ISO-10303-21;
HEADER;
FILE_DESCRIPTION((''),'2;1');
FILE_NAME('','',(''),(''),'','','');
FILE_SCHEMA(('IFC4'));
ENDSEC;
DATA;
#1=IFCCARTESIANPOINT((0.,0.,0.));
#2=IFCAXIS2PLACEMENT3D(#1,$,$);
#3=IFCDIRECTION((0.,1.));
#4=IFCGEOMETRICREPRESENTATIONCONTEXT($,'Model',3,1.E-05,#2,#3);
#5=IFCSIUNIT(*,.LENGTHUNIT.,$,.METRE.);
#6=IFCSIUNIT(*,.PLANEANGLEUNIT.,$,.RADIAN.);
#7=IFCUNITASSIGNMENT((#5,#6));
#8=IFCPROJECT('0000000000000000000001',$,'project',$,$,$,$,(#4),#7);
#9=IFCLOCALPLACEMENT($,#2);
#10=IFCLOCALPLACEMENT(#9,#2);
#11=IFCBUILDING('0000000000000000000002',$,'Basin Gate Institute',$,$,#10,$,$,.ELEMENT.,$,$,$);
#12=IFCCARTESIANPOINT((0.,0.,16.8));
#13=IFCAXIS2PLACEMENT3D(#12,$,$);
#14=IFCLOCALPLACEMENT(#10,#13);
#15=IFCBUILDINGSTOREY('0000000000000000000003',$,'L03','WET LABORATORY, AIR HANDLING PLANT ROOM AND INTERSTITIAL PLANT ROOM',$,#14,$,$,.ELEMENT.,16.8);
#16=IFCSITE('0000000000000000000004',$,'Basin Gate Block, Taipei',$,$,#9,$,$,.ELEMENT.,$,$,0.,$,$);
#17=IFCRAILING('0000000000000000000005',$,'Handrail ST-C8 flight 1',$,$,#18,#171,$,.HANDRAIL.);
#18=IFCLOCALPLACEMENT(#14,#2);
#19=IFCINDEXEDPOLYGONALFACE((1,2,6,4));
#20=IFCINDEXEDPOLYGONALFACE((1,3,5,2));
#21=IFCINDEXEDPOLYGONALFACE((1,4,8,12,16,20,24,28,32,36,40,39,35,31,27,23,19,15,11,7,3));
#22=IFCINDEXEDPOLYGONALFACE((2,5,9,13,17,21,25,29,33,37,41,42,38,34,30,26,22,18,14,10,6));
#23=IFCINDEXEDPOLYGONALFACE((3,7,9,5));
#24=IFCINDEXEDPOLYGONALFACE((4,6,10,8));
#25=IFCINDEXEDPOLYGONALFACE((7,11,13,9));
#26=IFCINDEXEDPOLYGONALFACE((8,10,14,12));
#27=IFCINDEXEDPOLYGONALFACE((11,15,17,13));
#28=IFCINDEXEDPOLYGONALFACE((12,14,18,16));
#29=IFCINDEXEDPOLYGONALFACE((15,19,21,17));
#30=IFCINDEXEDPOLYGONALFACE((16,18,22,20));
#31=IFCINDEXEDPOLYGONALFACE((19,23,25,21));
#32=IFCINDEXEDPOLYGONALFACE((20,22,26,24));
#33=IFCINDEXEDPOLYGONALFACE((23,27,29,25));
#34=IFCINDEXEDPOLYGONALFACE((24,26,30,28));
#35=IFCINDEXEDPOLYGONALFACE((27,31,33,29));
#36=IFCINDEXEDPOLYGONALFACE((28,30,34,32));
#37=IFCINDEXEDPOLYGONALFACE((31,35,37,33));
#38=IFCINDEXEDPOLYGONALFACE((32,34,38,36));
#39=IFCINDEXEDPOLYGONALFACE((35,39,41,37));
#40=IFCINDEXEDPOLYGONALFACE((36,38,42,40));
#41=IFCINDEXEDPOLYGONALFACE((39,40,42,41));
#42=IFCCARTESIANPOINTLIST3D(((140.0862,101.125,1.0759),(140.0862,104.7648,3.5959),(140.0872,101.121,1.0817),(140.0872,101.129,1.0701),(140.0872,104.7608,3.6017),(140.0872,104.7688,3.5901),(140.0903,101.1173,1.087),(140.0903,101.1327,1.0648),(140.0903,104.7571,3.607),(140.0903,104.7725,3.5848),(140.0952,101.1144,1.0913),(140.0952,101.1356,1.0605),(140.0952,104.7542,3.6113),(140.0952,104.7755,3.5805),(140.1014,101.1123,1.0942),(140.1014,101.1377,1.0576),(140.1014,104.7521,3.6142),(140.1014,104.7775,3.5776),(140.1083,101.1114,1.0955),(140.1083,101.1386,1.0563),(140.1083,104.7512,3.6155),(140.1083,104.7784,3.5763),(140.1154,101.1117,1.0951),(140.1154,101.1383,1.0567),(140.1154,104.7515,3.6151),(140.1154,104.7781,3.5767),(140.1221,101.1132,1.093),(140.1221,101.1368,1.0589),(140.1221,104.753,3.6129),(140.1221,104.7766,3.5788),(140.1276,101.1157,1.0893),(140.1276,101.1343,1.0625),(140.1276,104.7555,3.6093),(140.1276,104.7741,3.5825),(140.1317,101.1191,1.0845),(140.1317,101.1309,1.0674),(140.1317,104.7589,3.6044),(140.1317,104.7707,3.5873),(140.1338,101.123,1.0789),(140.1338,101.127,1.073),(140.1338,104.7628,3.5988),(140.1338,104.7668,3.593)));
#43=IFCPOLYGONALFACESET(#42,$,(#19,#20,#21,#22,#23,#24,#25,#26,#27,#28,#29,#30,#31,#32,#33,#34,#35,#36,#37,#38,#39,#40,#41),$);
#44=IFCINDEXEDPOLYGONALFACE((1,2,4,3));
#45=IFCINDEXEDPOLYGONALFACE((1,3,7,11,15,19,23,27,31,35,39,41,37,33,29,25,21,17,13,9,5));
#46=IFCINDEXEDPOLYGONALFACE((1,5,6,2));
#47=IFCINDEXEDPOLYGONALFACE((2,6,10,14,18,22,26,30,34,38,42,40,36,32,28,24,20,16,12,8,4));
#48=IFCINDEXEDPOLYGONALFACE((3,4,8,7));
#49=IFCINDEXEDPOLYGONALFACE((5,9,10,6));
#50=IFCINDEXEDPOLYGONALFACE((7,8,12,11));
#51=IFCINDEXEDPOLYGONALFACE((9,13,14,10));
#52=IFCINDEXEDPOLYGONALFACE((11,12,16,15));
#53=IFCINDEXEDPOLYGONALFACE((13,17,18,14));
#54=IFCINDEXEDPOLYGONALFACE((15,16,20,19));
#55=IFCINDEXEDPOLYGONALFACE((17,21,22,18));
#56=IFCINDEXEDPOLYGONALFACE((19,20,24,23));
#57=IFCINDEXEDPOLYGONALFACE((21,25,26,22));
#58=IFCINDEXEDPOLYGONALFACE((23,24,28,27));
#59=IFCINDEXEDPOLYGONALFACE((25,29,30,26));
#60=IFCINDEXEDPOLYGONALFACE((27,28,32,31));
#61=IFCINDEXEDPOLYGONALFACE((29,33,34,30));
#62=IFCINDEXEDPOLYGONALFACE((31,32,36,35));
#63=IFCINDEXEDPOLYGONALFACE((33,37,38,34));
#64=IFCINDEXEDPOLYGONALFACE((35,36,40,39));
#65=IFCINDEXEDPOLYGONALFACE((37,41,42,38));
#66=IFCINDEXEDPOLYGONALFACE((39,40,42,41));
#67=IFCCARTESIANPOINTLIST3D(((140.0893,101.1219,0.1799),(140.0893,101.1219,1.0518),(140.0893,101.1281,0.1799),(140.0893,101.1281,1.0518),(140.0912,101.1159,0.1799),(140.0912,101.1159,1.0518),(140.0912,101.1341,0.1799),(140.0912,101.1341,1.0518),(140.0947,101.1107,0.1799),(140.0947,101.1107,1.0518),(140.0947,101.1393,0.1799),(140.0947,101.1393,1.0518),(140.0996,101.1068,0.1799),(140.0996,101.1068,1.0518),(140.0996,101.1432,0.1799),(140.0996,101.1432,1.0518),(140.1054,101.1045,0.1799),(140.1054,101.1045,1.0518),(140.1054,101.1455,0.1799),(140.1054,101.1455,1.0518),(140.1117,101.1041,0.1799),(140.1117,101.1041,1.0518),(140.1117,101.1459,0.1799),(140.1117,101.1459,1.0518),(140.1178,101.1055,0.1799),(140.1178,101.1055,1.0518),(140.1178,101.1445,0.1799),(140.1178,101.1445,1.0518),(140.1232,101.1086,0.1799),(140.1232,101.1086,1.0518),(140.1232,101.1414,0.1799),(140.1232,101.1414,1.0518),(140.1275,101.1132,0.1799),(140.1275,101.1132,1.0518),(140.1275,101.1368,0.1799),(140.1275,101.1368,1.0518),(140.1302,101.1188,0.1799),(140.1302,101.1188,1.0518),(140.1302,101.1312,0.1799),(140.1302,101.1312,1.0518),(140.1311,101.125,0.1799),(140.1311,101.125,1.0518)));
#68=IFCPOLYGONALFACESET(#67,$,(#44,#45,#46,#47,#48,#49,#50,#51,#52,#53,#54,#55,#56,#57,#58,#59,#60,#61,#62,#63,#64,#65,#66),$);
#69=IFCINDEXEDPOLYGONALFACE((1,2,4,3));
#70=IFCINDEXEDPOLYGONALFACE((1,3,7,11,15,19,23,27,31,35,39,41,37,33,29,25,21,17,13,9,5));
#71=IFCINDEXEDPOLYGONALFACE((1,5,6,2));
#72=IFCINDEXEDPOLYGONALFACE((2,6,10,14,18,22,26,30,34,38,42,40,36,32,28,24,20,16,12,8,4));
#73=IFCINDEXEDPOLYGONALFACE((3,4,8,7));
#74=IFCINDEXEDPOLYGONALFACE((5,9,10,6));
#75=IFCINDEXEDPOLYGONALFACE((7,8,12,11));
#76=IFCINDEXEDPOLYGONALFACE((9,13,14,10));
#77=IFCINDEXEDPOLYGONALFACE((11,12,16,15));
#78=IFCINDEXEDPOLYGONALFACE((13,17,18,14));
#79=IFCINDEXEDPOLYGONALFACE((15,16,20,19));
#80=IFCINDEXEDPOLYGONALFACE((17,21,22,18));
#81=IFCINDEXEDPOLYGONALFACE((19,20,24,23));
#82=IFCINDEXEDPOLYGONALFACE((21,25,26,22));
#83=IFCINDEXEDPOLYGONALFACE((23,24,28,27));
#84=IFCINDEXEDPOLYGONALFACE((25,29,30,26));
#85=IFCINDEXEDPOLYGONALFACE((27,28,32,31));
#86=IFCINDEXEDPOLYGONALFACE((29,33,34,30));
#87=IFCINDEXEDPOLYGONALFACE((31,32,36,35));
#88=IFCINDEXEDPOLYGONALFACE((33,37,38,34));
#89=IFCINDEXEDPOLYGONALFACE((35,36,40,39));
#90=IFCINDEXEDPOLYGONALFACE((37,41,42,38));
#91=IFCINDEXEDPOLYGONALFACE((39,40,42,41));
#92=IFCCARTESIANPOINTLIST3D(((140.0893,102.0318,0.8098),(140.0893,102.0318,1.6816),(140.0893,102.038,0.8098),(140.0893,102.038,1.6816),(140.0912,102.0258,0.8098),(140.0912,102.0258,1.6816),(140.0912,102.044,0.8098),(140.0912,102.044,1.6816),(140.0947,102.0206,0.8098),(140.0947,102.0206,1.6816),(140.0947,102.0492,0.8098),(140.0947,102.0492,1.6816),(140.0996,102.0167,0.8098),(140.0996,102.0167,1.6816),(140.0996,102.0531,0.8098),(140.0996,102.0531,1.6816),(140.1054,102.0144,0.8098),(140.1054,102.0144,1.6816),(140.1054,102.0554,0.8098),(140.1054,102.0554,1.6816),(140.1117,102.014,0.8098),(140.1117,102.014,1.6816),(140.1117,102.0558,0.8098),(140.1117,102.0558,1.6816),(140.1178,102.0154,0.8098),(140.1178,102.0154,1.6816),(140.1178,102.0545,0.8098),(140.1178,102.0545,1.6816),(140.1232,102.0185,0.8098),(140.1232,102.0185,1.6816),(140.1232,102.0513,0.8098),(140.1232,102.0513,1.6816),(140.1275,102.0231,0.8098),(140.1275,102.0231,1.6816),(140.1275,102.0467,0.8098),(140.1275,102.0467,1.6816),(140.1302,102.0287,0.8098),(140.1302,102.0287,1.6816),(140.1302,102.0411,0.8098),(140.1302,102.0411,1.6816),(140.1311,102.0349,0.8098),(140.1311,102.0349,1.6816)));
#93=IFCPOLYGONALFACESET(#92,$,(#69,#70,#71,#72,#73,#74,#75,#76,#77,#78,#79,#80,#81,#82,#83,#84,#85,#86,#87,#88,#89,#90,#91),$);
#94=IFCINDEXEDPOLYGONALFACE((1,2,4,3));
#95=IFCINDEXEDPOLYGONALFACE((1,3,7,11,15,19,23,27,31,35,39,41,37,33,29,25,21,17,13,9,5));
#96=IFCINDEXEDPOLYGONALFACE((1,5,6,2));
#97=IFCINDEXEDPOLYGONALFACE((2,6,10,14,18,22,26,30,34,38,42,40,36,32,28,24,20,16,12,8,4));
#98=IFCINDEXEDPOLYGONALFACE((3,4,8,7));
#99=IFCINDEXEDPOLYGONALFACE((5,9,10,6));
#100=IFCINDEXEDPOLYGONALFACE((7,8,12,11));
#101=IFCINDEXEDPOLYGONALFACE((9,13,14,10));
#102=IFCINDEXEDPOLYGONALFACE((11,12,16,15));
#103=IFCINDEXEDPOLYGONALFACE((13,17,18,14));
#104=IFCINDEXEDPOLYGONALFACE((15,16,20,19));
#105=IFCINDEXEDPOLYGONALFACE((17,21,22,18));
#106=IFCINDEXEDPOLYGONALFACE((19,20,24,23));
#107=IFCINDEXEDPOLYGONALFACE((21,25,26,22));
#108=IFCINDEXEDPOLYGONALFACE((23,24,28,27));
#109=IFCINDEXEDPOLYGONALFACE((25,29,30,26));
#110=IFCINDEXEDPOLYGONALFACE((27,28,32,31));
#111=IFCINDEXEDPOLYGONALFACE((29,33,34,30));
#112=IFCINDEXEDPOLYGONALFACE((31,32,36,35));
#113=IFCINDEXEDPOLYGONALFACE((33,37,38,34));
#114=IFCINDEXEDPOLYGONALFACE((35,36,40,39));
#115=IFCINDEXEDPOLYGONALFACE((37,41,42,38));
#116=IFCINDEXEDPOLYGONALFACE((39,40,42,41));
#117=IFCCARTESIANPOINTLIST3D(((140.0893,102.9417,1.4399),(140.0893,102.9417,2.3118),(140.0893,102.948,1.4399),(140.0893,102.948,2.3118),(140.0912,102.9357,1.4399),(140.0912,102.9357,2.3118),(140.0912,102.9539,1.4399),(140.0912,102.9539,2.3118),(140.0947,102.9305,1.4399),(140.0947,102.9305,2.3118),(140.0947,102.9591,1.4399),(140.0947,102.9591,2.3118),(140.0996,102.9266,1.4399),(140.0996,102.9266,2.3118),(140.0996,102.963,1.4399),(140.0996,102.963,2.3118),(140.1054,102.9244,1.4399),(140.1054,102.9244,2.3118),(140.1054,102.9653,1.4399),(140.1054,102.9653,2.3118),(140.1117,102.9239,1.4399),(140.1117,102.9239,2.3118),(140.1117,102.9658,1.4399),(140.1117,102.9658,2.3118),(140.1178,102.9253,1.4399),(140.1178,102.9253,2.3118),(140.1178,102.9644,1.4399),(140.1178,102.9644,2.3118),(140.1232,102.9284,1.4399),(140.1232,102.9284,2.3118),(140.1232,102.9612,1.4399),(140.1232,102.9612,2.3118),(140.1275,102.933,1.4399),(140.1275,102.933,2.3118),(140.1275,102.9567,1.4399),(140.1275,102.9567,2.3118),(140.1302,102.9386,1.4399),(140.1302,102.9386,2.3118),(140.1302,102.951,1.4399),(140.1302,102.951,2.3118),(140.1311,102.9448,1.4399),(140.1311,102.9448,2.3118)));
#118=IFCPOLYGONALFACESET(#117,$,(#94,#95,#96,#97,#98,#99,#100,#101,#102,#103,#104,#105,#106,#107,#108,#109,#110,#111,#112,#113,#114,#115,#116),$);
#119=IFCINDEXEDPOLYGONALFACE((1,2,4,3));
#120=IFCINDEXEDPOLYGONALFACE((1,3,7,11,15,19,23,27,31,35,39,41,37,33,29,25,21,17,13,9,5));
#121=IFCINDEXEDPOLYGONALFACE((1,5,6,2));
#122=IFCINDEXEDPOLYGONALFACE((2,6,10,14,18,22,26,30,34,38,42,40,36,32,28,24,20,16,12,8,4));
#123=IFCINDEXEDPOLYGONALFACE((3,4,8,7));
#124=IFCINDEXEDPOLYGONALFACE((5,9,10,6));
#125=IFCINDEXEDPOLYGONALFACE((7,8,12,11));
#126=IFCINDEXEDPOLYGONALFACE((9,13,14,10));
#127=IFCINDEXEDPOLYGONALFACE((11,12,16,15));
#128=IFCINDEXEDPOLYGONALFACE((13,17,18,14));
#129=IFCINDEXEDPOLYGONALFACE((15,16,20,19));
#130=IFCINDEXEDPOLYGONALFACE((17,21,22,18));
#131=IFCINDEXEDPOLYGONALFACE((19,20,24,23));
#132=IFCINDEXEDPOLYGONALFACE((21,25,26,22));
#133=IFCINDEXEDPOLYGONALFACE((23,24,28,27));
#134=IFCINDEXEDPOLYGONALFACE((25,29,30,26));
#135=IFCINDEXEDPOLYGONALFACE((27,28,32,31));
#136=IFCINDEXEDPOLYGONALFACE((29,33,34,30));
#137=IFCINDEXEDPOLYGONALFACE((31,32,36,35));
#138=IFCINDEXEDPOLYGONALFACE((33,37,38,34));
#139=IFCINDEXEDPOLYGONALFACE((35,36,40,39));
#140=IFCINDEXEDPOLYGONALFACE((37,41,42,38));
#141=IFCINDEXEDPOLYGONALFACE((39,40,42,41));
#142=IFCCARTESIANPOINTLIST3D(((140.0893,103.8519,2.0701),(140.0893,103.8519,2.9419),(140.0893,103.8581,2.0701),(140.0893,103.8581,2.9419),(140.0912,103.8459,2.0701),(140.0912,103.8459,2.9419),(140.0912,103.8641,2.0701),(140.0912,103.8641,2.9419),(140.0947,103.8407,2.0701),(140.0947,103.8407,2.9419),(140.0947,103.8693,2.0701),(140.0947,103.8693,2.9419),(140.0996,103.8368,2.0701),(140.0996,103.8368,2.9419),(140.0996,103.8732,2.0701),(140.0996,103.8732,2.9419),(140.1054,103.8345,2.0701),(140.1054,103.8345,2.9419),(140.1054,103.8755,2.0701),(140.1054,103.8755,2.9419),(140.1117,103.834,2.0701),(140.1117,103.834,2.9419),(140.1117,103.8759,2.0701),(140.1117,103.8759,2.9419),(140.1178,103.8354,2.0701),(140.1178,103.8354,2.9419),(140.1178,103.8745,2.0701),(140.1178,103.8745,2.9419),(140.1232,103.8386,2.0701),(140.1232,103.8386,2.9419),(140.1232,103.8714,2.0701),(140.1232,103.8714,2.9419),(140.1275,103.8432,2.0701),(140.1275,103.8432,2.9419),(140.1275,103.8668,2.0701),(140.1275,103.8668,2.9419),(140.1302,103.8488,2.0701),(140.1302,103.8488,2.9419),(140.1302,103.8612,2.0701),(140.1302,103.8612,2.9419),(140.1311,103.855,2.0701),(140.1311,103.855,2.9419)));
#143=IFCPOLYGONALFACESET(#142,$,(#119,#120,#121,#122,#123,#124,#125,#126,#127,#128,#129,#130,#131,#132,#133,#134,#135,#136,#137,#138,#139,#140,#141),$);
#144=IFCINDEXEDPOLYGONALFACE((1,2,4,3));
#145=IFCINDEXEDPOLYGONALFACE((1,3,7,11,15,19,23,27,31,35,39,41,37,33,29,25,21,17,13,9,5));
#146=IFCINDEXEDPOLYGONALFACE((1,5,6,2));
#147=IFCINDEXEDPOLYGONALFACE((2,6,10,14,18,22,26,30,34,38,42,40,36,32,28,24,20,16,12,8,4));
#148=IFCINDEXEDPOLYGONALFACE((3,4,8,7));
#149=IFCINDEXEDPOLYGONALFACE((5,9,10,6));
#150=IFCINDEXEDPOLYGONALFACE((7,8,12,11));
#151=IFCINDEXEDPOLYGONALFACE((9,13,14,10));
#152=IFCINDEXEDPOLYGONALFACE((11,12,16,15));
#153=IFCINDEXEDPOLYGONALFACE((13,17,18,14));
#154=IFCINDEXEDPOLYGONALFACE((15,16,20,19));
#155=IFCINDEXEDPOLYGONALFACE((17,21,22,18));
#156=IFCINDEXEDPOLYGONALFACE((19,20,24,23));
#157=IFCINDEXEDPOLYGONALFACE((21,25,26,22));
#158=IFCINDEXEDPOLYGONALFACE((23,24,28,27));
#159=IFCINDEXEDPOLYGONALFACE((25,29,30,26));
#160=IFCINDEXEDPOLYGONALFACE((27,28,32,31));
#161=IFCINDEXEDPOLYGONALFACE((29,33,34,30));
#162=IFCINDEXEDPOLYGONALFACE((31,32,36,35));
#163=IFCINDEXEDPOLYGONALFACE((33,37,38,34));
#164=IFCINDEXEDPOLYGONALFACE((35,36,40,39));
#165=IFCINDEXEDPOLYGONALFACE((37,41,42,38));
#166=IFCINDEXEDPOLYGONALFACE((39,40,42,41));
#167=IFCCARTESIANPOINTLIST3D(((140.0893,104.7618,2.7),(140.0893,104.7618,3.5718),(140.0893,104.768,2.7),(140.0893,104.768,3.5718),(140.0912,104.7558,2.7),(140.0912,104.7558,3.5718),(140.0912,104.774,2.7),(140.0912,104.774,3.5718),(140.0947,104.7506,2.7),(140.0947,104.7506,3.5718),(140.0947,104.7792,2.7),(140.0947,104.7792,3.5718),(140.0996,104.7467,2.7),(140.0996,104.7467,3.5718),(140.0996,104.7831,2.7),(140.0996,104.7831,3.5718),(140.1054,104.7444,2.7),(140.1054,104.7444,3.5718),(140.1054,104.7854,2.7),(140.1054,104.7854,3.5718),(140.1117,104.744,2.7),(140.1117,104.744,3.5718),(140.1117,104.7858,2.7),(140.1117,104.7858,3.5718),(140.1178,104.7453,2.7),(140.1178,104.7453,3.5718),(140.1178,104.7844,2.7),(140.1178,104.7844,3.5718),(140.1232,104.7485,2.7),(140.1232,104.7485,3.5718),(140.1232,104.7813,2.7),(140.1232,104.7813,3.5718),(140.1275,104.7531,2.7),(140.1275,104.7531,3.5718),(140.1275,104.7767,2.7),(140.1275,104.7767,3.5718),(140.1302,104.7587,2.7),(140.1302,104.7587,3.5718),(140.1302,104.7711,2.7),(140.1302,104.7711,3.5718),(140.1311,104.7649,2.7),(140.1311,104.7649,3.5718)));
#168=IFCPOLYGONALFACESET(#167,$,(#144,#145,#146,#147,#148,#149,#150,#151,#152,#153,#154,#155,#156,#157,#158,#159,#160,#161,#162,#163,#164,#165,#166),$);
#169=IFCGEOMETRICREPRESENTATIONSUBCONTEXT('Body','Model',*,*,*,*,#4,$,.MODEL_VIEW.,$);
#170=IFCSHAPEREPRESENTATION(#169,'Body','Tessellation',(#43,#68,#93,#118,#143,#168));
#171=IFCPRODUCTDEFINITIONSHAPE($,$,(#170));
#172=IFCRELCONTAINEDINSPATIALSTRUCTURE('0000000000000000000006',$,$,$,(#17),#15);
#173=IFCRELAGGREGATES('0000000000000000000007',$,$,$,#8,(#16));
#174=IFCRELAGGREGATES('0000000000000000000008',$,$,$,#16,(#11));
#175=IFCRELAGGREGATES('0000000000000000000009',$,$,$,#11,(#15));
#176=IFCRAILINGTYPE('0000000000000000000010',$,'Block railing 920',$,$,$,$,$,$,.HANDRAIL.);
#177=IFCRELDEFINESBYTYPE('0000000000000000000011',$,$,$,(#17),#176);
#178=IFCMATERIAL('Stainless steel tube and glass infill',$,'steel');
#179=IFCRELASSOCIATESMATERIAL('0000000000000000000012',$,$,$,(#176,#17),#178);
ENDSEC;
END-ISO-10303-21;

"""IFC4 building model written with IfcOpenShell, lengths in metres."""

from ifc_helpers import new_model, si_unit, direction, frame, origin, origin_2d, place, context, subcontext, project, spatial, circle, extrude, material, type_object, element, save


model = new_model("IFC4")

# Units and contexts
model_context = context("Model", 3, precision=1e-05, world=origin(), true_north=direction((0.0, 1.0)))
body_context = subcontext(model_context, "Body", "Model", "MODEL_VIEW")
ifc_project = project(units=[si_unit("LENGTHUNIT", "METRE"), si_unit("PLANEANGLEUNIT", "RADIAN")], contexts=[model_context])

# Site, building, storey
site_placement = place(None, origin())
site = spatial("IfcSite", under=ifc_project, at=site_placement, Name="Basin Gate Block, Taipei", CompositionType="ELEMENT", RefElevation=0.0)
building_placement = place(site_placement, origin())
building = spatial("IfcBuilding", under=site, at=building_placement, Name="Basin Gate Institute", CompositionType="ELEMENT")
storey_placement = place(building_placement, frame((0.0, 0.0, 16.8)))
storey = spatial("IfcBuildingStorey", under=building, at=storey_placement, Name="L03", Description="WET LABORATORY, AIR HANDLING PLANT ROOM AND INTERSTITIAL PLANT ROOM", CompositionType="ELEMENT", Elevation=16.8)

# Railing
ifc_material_1 = material(Name="Stainless steel tube and glass infill", Category="steel")
railing_type_1 = type_object("IfcRailingType", Name="Block railing 920", PredefinedType="HANDRAIL", material=ifc_material_1)
for number, where, name in (
    (1, (140.1101, 101.125, 0.1799), "Handrail ST-C8 flight 1"),
):
    element("IfcRailing", number, at=place(storey_placement, frame(where)), inside=storey, type_object=railing_type_1, material=ifc_material_1, Name=name, PredefinedType="HANDRAIL", context=body_context, shape_type="SweptSolid", body=[
        extrude(circle(Radius=0.0239, at=origin_2d()), frame((0.0, 0.0, 0.896), z_axis=(0.0, 0.822182, 0.569224), x_axis=(-1.0, 0.0, 0.0)), (0.0, 0.0, 1.0), 4.427),
        extrude(circle(Radius=0.021, at=origin_2d()), origin(), (0.0, 0.0, 1.0), 0.8718),
        extrude(circle(Radius=0.021, at=origin_2d()), frame((0.0, 0.9099, 0.6299)), (0.0, 0.0, 1.0), 0.8718),
        extrude(circle(Radius=0.021, at=origin_2d()), frame((0.0, 1.8198, 1.26)), (0.0, 0.0, 1.0), 0.8718),
        extrude(circle(Radius=0.021, at=origin_2d()), frame((0.0, 2.73, 1.8901)), (0.0, 0.0, 1.0), 0.8718),
        extrude(circle(Radius=0.021, at=origin_2d()), frame((0.0, 3.6399, 2.52)), (0.0, 0.0, 1.0), 0.8718),
    ])

save(model, "model.ifc")
